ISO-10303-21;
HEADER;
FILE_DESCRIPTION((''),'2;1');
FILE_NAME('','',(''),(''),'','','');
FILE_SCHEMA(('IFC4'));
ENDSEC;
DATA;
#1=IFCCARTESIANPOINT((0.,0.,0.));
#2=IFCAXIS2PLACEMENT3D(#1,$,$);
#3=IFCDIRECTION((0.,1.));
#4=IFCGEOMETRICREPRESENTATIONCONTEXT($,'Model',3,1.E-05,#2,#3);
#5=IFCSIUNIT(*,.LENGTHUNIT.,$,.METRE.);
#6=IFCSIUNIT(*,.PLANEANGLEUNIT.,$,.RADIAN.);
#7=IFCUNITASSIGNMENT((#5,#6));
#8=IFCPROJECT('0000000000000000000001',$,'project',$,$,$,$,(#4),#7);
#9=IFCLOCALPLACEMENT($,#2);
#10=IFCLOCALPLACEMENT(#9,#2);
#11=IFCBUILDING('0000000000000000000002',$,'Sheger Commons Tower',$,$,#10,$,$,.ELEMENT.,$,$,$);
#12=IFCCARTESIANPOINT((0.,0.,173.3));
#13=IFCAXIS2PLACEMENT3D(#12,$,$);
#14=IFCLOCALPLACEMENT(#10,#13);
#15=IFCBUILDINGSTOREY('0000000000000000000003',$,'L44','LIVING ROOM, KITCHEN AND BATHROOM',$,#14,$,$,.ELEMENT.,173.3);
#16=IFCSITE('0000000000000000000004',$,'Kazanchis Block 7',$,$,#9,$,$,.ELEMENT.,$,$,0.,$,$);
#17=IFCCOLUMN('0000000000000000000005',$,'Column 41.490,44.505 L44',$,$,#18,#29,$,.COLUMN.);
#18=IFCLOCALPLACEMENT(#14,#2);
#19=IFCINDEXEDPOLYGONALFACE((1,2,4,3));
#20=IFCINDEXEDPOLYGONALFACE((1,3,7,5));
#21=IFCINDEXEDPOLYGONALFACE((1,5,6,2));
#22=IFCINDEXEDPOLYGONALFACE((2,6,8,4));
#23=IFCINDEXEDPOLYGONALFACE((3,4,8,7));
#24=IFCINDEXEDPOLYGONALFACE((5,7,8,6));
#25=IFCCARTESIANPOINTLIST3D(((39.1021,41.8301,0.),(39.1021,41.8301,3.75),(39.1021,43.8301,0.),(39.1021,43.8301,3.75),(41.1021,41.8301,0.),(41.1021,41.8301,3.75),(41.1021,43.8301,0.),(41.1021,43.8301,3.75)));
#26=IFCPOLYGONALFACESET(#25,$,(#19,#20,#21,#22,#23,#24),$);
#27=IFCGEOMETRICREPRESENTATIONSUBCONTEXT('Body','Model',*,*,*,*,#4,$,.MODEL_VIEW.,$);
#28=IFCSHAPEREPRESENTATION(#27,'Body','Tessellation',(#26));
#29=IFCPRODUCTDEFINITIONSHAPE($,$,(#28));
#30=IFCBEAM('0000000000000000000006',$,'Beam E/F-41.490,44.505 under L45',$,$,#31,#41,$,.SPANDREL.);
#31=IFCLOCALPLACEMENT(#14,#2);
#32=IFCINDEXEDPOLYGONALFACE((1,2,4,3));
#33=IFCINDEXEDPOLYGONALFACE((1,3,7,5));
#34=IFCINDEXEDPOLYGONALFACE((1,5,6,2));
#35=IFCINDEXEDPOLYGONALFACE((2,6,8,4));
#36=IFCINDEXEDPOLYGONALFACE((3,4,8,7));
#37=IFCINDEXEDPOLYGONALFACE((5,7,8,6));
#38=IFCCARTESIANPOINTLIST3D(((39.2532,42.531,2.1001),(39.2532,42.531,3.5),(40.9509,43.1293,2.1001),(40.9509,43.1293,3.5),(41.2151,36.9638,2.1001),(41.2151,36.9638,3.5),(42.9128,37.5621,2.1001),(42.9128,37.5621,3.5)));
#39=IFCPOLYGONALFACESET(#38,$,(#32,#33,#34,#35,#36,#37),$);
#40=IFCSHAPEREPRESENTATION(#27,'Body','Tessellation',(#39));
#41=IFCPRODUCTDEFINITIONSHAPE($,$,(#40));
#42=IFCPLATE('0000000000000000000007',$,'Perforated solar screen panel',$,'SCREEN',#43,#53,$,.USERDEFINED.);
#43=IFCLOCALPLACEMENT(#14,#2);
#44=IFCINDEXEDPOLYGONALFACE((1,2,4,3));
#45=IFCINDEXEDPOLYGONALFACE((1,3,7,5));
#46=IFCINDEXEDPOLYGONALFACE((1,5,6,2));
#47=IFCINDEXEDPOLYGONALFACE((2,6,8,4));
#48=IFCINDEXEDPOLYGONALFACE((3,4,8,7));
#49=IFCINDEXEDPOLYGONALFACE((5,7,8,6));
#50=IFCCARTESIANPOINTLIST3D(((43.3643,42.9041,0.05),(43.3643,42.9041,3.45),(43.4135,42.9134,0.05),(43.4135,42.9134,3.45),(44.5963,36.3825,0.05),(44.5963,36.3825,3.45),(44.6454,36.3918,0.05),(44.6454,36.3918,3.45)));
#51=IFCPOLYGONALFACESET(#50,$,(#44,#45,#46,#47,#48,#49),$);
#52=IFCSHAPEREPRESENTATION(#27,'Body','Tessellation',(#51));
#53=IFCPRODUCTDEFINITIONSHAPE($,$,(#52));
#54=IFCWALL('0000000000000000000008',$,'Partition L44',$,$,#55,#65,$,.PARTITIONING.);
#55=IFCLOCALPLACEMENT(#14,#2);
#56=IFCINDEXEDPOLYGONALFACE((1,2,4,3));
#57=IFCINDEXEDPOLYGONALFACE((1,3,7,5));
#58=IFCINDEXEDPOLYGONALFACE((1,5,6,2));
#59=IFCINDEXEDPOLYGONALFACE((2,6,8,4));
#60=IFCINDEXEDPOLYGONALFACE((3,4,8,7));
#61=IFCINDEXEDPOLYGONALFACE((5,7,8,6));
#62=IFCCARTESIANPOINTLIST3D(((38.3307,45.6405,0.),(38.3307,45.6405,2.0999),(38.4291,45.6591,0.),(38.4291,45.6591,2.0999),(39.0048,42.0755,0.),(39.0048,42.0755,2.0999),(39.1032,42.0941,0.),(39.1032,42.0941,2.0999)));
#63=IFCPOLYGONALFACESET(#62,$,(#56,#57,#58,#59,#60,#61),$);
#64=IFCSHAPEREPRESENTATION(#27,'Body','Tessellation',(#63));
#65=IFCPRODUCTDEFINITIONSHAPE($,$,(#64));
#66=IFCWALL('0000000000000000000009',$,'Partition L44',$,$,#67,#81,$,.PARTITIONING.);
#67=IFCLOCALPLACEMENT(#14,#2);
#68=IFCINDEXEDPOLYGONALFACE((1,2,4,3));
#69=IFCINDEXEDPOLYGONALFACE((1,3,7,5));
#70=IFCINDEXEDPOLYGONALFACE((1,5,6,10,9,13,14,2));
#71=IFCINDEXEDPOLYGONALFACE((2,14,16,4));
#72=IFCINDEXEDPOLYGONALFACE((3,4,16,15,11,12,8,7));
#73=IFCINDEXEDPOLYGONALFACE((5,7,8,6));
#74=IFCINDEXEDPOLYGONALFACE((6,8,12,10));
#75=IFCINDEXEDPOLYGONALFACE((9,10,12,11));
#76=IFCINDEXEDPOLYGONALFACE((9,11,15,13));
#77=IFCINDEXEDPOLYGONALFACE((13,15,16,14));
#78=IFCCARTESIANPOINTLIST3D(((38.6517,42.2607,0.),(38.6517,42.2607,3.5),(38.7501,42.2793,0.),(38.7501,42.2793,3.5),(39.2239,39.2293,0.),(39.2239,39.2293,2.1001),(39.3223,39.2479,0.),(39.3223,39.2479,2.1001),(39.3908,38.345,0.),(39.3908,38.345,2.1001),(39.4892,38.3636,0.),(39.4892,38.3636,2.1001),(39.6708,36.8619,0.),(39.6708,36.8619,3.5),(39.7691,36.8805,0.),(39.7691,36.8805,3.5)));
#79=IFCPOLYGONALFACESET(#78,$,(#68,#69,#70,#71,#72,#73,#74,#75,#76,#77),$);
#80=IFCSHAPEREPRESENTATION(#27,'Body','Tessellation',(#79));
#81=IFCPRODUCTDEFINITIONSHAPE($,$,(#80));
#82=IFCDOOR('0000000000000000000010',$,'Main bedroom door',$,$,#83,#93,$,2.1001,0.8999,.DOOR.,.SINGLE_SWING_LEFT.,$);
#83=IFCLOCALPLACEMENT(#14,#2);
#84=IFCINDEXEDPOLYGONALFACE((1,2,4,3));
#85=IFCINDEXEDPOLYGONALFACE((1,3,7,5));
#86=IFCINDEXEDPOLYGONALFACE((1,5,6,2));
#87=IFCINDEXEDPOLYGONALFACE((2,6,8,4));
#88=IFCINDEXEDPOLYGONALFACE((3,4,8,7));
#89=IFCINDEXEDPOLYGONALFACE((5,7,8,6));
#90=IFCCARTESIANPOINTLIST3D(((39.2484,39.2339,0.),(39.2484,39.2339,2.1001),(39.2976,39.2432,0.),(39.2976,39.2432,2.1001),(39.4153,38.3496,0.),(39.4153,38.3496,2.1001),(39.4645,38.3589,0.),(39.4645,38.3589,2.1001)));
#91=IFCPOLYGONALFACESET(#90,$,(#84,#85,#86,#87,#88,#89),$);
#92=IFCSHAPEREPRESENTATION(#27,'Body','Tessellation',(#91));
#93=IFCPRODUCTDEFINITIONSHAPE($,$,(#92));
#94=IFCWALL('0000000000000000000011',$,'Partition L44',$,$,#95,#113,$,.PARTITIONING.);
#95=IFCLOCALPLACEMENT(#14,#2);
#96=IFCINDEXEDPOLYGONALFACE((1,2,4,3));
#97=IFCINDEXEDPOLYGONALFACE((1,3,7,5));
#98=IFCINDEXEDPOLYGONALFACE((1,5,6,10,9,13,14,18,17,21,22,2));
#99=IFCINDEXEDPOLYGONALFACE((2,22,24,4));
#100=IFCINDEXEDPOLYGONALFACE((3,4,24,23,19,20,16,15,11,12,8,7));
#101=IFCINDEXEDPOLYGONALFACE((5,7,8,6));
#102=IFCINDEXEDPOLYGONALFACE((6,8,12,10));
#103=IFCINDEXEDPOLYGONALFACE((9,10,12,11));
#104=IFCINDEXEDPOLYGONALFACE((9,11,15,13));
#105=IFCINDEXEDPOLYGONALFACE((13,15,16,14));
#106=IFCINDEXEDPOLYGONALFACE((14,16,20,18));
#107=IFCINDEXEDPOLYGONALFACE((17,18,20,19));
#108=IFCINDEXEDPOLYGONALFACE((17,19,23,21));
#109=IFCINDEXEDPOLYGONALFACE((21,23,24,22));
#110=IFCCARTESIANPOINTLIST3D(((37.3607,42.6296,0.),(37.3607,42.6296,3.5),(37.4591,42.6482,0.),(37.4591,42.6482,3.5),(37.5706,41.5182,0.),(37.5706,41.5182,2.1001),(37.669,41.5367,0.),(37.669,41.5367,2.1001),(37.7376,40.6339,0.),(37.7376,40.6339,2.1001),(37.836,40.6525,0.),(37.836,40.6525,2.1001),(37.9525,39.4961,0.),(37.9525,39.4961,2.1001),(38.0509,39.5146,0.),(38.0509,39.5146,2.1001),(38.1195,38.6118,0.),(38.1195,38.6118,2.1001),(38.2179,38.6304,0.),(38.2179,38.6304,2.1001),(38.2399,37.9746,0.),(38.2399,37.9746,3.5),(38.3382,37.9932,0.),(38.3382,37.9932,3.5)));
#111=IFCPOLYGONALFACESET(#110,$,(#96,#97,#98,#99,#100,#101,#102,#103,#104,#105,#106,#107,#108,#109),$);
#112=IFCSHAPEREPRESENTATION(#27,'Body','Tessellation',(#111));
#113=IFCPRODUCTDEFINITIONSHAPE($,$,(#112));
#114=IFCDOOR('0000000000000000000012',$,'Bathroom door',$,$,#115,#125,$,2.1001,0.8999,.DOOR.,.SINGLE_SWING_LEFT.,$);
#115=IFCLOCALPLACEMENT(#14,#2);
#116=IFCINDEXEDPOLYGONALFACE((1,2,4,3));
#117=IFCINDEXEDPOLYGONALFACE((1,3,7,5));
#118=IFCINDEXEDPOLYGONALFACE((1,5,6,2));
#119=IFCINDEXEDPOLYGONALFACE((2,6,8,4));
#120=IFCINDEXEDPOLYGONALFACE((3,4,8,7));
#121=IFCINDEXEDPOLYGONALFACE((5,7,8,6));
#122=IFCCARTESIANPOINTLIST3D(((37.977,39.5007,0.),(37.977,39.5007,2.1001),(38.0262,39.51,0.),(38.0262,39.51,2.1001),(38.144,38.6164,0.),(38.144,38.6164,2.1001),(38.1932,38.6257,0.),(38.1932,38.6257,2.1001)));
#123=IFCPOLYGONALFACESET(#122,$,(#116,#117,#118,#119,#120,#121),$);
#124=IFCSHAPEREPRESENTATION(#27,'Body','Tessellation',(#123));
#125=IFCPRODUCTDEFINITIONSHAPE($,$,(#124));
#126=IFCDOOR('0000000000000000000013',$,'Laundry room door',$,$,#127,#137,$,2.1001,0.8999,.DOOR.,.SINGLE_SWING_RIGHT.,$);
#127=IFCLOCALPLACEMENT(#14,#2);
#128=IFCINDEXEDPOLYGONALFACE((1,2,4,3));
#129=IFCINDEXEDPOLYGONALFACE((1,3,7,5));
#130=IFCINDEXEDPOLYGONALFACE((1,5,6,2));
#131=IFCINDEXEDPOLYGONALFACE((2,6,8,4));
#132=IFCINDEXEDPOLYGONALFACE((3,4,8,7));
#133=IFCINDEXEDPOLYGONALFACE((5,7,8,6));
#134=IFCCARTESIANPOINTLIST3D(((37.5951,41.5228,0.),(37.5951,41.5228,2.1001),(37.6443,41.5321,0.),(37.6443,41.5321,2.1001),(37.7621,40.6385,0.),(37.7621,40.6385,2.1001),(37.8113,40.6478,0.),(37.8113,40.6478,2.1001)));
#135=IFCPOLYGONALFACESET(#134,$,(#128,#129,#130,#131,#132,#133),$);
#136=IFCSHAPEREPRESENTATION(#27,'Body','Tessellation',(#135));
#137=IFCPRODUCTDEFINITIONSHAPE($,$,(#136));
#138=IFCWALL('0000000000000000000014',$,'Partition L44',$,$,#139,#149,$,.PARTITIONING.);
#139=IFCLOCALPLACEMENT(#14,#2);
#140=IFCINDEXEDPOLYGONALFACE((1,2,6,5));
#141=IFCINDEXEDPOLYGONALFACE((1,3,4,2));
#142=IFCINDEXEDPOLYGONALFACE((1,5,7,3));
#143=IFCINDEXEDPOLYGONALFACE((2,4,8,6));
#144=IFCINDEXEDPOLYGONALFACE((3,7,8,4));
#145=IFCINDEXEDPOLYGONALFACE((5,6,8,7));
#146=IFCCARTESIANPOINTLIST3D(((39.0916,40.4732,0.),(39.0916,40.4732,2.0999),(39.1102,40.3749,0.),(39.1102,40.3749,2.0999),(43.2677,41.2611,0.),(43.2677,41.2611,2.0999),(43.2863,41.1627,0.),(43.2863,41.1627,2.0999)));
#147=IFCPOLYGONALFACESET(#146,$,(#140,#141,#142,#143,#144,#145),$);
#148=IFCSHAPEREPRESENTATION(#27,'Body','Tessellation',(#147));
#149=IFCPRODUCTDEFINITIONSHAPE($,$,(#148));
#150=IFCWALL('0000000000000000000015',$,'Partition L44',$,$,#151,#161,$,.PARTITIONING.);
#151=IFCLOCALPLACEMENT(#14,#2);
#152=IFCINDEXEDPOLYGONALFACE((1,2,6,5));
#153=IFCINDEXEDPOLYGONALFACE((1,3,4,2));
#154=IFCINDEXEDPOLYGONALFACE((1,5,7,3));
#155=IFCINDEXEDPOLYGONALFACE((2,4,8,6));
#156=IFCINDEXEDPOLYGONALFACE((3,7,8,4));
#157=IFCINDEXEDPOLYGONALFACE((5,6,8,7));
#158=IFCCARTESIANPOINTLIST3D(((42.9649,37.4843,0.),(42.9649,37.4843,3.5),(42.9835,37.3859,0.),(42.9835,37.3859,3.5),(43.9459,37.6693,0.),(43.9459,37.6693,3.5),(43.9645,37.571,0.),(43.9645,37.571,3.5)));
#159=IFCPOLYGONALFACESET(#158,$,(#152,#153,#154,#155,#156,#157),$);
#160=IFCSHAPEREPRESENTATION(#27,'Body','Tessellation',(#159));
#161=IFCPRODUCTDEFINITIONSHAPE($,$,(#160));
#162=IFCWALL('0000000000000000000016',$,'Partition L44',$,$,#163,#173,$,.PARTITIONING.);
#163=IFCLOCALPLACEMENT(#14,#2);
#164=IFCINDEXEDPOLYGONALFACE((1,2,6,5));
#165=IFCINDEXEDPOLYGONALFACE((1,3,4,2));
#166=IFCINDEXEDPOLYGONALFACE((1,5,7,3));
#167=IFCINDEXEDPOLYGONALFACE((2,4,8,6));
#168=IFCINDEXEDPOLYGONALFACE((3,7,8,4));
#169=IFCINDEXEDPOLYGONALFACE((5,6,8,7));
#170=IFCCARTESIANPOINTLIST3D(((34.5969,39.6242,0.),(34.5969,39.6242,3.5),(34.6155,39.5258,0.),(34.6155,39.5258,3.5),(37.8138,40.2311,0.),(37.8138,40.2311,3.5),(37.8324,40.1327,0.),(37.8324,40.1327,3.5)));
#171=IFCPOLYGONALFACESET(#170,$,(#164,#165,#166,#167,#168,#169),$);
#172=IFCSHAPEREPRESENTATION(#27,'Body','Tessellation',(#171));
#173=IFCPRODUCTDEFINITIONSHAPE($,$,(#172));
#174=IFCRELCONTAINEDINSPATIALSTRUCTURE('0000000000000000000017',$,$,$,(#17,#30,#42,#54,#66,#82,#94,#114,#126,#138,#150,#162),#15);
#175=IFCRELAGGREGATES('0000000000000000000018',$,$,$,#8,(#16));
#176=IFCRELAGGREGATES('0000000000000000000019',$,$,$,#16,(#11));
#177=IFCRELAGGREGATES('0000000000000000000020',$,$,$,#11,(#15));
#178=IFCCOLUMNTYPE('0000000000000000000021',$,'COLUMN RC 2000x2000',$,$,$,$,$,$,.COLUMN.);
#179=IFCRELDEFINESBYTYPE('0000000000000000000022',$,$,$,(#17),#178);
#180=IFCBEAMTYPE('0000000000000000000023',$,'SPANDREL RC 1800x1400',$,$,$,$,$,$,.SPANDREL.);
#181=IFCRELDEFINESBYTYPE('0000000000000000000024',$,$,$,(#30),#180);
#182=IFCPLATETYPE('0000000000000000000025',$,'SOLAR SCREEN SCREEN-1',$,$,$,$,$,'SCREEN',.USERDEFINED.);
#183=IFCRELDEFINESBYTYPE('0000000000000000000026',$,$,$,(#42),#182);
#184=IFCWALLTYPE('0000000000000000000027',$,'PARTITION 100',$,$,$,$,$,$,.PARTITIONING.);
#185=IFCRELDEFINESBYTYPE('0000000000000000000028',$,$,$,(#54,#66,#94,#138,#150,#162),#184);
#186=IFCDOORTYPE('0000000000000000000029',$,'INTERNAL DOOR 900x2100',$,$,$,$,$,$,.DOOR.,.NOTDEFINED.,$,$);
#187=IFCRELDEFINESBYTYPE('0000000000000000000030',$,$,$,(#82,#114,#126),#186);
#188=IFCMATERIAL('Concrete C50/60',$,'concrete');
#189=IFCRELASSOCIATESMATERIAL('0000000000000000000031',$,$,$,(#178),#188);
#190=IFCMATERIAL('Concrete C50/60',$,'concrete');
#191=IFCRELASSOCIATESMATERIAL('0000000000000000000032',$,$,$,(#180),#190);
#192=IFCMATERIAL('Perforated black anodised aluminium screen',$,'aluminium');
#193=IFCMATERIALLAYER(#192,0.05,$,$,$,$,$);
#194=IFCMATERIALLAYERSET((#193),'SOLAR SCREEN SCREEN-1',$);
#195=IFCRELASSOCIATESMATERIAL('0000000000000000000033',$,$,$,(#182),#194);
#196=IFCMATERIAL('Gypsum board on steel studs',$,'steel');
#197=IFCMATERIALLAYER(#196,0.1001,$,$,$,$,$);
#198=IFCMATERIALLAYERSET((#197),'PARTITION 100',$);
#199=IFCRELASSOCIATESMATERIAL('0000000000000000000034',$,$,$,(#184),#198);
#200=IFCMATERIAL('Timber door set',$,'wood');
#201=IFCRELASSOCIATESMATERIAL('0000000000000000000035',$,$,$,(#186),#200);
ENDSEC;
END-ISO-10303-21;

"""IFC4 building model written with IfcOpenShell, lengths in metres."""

from ifc_helpers import new_model, si_unit, direction, frame, frame_2d, origin, origin_2d, place, context, subcontext, project, spatial, rectangle, extrude, material, layer, layer_set, material_profile, profile_set, type_object, element, fill, save


model = new_model("IFC4")

# Units and contexts
model_context = context("Model", 3, precision=1e-05, world=origin(), true_north=direction((0.0, 1.0)))
body_context = subcontext(model_context, "Body", "Model", "MODEL_VIEW")
ifc_project = project(units=[si_unit("LENGTHUNIT", "METRE"), si_unit("PLANEANGLEUNIT", "RADIAN")], contexts=[model_context])

# Site, building, storey
site_placement = place(None, origin())
site = spatial("IfcSite", under=ifc_project, at=site_placement, Name="Kazanchis Block 7", CompositionType="ELEMENT", RefElevation=0.0)
building_placement = place(site_placement, origin())
building = spatial("IfcBuilding", under=site, at=building_placement, Name="Sheger Commons Tower", CompositionType="ELEMENT")
storey_placement = place(building_placement, frame((0.0, 0.0, 173.3)))
storey = spatial("IfcBuildingStorey", under=building, at=storey_placement, Name="L44", Description="LIVING ROOM, KITCHEN AND BATHROOM", CompositionType="ELEMENT", Elevation=173.3)

# Column
ifc_material_1 = material(Name="Concrete C50/60", Category="concrete")
ifc_material_profile_1 = material_profile(ifc_material_1, rectangle(XDim=2.0, YDim=2.0, at=origin_2d()), Name="RC 2000x2000")
ifc_profile_set_1 = profile_set([ifc_material_profile_1], Name="Concrete C50/60")
column_type = type_object("IfcColumnType", Name="COLUMN RC 2000x2000", PredefinedType="COLUMN", material=ifc_profile_set_1)
column_placement = place(storey_placement, frame((40.1021, 42.8301, 0.0), z_axis=(0.0, 0.0, 1.0), x_axis=(1.0, 0.0, 0.0)))
element("IfcColumn", 1, at=column_placement, inside=storey, type_object=column_type, Name="Column 41.490,44.505 L44", PredefinedType="COLUMN", context=body_context, shape_type="SweptSolid", body=[
    extrude(rectangle(XDim=2.0, YDim=2.0, at=origin_2d()), origin(), (0.0, 0.0, 1.0), 3.75),
])

# Beam
ifc_material_2 = material(Name="Concrete C50/60", Category="concrete")
ifc_material_profile_2 = material_profile(ifc_material_2, rectangle(XDim=1.8, YDim=1.3999, at=origin_2d()), Name="RC 1800x1400")
ifc_profile_set_2 = profile_set([ifc_material_profile_2], Name="Concrete C50/60")
beam_type = type_object("IfcBeamType", Name="SPANDREL RC 1800x1400", PredefinedType="SPANDREL", material=ifc_profile_set_2)
beam_placement = place(storey_placement, frame((42.064, 37.2629, 2.8), z_axis=(-0.332374, 0.943148, 0.0), x_axis=(-0.943148, -0.332374, 0.0)))
element("IfcBeam", 2, at=beam_placement, inside=storey, type_object=beam_type, Name="Beam E/F-41.490,44.505 under L45", PredefinedType="SPANDREL", context=body_context, shape_type="SweptSolid", body=[
    extrude(rectangle(XDim=1.8, YDim=1.3999, at=origin_2d()), origin(), (0.0, 0.0, 1.0), 5.9028),
])

# Plate
ifc_material_3 = material(Name="Perforated black anodised aluminium screen", Category="aluminium")
ifc_layer_1 = layer(ifc_material_3, 0.05)
ifc_layer_set_1 = layer_set([ifc_layer_1], Name="SOLAR SCREEN SCREEN-1")
plate_type = type_object("IfcPlateType", Name="SOLAR SCREEN SCREEN-1", ElementType="SCREEN", PredefinedType="USERDEFINED", material=ifc_layer_set_1)
plate_placement = place(storey_placement, frame((44.0049, 39.6479, 0.05), z_axis=(0.0, 0.0, 1.0), x_axis=(-0.185615, 0.982623, 0.0)))
element("IfcPlate", 3, at=plate_placement, inside=storey, type_object=plate_type, Name="Perforated solar screen panel", ObjectType="SCREEN", PredefinedType="USERDEFINED", context=body_context, shape_type="SweptSolid", body=[
    extrude(rectangle(XDim=6.637, YDim=0.05, at=origin_2d()), origin(), (0.0, 0.0, 1.0), 3.3999),
])

# Wall
ifc_material_4 = material(Name="Gypsum board on steel studs", Category="steel")
ifc_layer_2 = layer(ifc_material_4, 0.1001)
ifc_layer_set_2 = layer_set([ifc_layer_2], Name="PARTITION 100")
wall_type = type_object("IfcWallType", Name="PARTITION 100", PredefinedType="PARTITIONING", material=ifc_layer_set_2)
wall_1_placement = place(storey_placement, frame((39.054, 42.085, 0.0), z_axis=(0.0, 0.0, 1.0), x_axis=(-0.185792, 0.982589, 0.0)))
element("IfcWall", 4, at=wall_1_placement, inside=storey, type_object=wall_type, Name="Partition L44", PredefinedType="PARTITIONING", context=body_context, shape_type="SweptSolid", body=[
    extrude(rectangle(XDim=3.6282, YDim=0.1001, at=frame_2d((1.814, 0.0))), origin(), (0.0, 0.0, 1.0), 2.0999),
])

# Wall, opening, door
wall_2_placement = place(storey_placement, frame((38.7009, 42.27, 0.0), z_axis=(0.0, 0.0, 1.0), x_axis=(0.185474, -0.982649, 0.0)))
wall_2 = element("IfcWall", 5, at=wall_2_placement, inside=storey, type_object=wall_type, Name="Partition L44", PredefinedType="PARTITIONING", context=body_context, shape_type="SweptSolid", body=[
    extrude(rectangle(XDim=5.4941, YDim=0.1001, at=frame_2d((2.7471, 0.0))), origin(), (0.0, 0.0, 1.0), 3.5),
])
opening_1_placement = place(wall_2_placement, frame((3.085, 0.0, 0.0)))
opening_1 = element("IfcOpeningElement", 6, at=opening_1_placement, cuts=wall_2, PredefinedType="OPENING", context=body_context, shape_type="SweptSolid", body=[
    extrude(rectangle(XDim=0.8999, YDim=2.1001, at=frame_2d((0.45, 1.05))), frame((0.0, 0.0601, 0.0), z_axis=(0.0, -1.0, 0.0), x_axis=(1.0, 0.0, 0.0)), (0.0, 0.0, 1.0), 0.1201),
])
ifc_material_5 = material(Name="Timber door set", Category="wood")
door_type = type_object("IfcDoorType", Name="INTERNAL DOOR 900x2100", OperationType="NOTDEFINED", PredefinedType="DOOR", material=ifc_material_5)
door_1_placement = place(opening_1_placement, origin())
door_1 = element("IfcDoor", 7, at=door_1_placement, inside=storey, type_object=door_type, Name="Main bedroom door", OperationType="SINGLE_SWING_LEFT", OverallHeight=2.1001, OverallWidth=0.8999, PredefinedType="DOOR", context=body_context, shape_type="SweptSolid", body=[
    extrude(rectangle(XDim=0.8999, YDim=2.1001, at=frame_2d((0.45, 1.05))), frame((0.0, 0.0249, 0.0), z_axis=(0.0, -1.0, 0.0), x_axis=(1.0, 0.0, 0.0)), (0.0, 0.0, 1.0), 0.05),
])
fill(opening_1, door_1)

# Wall, openings, doors
wall_3_placement = place(storey_placement, frame((37.4099, 42.6389, 0.0), z_axis=(0.0, 0.0, 1.0), x_axis=(0.18558, -0.982629, 0.0)))
wall_3 = element("IfcWall", 8, at=wall_3_placement, inside=storey, type_object=wall_type, Name="Partition L44", PredefinedType="PARTITIONING", context=body_context, shape_type="SweptSolid", body=[
    extrude(rectangle(XDim=4.7373, YDim=0.1001, at=frame_2d((2.3687, 0.0))), origin(), (0.0, 0.0, 1.0), 3.5),
])
opening_2_placement = place(wall_3_placement, frame((3.189, 0.0, 0.0)))
opening_2 = element("IfcOpeningElement", 9, at=opening_2_placement, cuts=wall_3, PredefinedType="OPENING", context=body_context, shape_type="SweptSolid", body=[
    extrude(rectangle(XDim=0.8999, YDim=2.1001, at=frame_2d((0.45, 1.05))), frame((0.0, 0.0601, 0.0), z_axis=(0.0, -1.0, 0.0), x_axis=(1.0, 0.0, 0.0)), (0.0, 0.0, 1.0), 0.1201),
])
opening_3_placement = place(wall_3_placement, frame((1.1311, 0.0, 0.0)))
opening_3 = element("IfcOpeningElement", 10, at=opening_3_placement, cuts=wall_3, PredefinedType="OPENING", context=body_context, shape_type="SweptSolid", body=[
    extrude(rectangle(XDim=0.8999, YDim=2.1001, at=frame_2d((0.45, 1.05))), frame((0.0, 0.0601, 0.0), z_axis=(0.0, -1.0, 0.0), x_axis=(1.0, 0.0, 0.0)), (0.0, 0.0, 1.0), 0.1201),
])
door_2_placement = place(opening_2_placement, origin())
door_2 = element("IfcDoor", 11, at=door_2_placement, inside=storey, type_object=door_type, Name="Bathroom door", OperationType="SINGLE_SWING_LEFT", OverallHeight=2.1001, OverallWidth=0.8999, PredefinedType="DOOR", context=body_context, shape_type="SweptSolid", body=[
    extrude(rectangle(XDim=0.8999, YDim=2.1001, at=frame_2d((0.45, 1.05))), frame((0.0, 0.0249, 0.0), z_axis=(0.0, -1.0, 0.0), x_axis=(1.0, 0.0, 0.0)), (0.0, 0.0, 1.0), 0.05),
])
fill(opening_2, door_2)
door_3_placement = place(opening_3_placement, origin())
door_3 = element("IfcDoor", 12, at=door_3_placement, inside=storey, type_object=door_type, Name="Laundry room door", OperationType="SINGLE_SWING_RIGHT", OverallHeight=2.1001, OverallWidth=0.8999, PredefinedType="DOOR", context=body_context, shape_type="SweptSolid", body=[
    extrude(rectangle(XDim=0.8999, YDim=2.1001, at=frame_2d((0.45, 1.05))), frame((0.0, 0.0249, 0.0), z_axis=(0.0, -1.0, 0.0), x_axis=(1.0, 0.0, 0.0)), (0.0, 0.0, 1.0), 0.05),
])
fill(opening_3, door_3)

# Walls
wall_4_placement = place(storey_placement, frame((43.2771, 41.2119, 0.0), z_axis=(0.0, 0.0, 1.0), x_axis=(-0.982665, -0.185388, 0.0)))
element("IfcWall", 13, at=wall_4_placement, inside=storey, type_object=wall_type, Name="Partition L44", PredefinedType="PARTITIONING", context=body_context, shape_type="SweptSolid", body=[
    extrude(rectangle(XDim=4.2498, YDim=0.1001, at=frame_2d((2.125, 0.0))), origin(), (0.0, 0.0, 1.0), 2.0999),
])
wall_5_placement = place(storey_placement, frame((43.9551, 37.6201, 0.0), z_axis=(0.0, 0.0, 1.0), x_axis=(-0.982667, -0.185381, 0.0)))
element("IfcWall", 14, at=wall_5_placement, inside=storey, type_object=wall_type, Name="Partition L44", PredefinedType="PARTITIONING", context=body_context, shape_type="SweptSolid", body=[
    extrude(rectangle(XDim=0.9983, YDim=0.1001, at=frame_2d((0.499, 0.0))), origin(), (0.0, 0.0, 1.0), 3.5),
])
wall_6_placement = place(storey_placement, frame((37.823, 40.1819, 0.0), z_axis=(0.0, 0.0, 1.0), x_axis=(-0.982665, -0.185392, 0.0)))
element("IfcWall", 15, at=wall_6_placement, inside=storey, type_object=wall_type, Name="Partition L44", PredefinedType="PARTITIONING", context=body_context, shape_type="SweptSolid", body=[
    extrude(rectangle(XDim=3.2737, YDim=0.1001, at=frame_2d((1.6367, 0.0))), origin(), (0.0, 0.0, 1.0), 3.5),
])

save(model, "model.ifc")
